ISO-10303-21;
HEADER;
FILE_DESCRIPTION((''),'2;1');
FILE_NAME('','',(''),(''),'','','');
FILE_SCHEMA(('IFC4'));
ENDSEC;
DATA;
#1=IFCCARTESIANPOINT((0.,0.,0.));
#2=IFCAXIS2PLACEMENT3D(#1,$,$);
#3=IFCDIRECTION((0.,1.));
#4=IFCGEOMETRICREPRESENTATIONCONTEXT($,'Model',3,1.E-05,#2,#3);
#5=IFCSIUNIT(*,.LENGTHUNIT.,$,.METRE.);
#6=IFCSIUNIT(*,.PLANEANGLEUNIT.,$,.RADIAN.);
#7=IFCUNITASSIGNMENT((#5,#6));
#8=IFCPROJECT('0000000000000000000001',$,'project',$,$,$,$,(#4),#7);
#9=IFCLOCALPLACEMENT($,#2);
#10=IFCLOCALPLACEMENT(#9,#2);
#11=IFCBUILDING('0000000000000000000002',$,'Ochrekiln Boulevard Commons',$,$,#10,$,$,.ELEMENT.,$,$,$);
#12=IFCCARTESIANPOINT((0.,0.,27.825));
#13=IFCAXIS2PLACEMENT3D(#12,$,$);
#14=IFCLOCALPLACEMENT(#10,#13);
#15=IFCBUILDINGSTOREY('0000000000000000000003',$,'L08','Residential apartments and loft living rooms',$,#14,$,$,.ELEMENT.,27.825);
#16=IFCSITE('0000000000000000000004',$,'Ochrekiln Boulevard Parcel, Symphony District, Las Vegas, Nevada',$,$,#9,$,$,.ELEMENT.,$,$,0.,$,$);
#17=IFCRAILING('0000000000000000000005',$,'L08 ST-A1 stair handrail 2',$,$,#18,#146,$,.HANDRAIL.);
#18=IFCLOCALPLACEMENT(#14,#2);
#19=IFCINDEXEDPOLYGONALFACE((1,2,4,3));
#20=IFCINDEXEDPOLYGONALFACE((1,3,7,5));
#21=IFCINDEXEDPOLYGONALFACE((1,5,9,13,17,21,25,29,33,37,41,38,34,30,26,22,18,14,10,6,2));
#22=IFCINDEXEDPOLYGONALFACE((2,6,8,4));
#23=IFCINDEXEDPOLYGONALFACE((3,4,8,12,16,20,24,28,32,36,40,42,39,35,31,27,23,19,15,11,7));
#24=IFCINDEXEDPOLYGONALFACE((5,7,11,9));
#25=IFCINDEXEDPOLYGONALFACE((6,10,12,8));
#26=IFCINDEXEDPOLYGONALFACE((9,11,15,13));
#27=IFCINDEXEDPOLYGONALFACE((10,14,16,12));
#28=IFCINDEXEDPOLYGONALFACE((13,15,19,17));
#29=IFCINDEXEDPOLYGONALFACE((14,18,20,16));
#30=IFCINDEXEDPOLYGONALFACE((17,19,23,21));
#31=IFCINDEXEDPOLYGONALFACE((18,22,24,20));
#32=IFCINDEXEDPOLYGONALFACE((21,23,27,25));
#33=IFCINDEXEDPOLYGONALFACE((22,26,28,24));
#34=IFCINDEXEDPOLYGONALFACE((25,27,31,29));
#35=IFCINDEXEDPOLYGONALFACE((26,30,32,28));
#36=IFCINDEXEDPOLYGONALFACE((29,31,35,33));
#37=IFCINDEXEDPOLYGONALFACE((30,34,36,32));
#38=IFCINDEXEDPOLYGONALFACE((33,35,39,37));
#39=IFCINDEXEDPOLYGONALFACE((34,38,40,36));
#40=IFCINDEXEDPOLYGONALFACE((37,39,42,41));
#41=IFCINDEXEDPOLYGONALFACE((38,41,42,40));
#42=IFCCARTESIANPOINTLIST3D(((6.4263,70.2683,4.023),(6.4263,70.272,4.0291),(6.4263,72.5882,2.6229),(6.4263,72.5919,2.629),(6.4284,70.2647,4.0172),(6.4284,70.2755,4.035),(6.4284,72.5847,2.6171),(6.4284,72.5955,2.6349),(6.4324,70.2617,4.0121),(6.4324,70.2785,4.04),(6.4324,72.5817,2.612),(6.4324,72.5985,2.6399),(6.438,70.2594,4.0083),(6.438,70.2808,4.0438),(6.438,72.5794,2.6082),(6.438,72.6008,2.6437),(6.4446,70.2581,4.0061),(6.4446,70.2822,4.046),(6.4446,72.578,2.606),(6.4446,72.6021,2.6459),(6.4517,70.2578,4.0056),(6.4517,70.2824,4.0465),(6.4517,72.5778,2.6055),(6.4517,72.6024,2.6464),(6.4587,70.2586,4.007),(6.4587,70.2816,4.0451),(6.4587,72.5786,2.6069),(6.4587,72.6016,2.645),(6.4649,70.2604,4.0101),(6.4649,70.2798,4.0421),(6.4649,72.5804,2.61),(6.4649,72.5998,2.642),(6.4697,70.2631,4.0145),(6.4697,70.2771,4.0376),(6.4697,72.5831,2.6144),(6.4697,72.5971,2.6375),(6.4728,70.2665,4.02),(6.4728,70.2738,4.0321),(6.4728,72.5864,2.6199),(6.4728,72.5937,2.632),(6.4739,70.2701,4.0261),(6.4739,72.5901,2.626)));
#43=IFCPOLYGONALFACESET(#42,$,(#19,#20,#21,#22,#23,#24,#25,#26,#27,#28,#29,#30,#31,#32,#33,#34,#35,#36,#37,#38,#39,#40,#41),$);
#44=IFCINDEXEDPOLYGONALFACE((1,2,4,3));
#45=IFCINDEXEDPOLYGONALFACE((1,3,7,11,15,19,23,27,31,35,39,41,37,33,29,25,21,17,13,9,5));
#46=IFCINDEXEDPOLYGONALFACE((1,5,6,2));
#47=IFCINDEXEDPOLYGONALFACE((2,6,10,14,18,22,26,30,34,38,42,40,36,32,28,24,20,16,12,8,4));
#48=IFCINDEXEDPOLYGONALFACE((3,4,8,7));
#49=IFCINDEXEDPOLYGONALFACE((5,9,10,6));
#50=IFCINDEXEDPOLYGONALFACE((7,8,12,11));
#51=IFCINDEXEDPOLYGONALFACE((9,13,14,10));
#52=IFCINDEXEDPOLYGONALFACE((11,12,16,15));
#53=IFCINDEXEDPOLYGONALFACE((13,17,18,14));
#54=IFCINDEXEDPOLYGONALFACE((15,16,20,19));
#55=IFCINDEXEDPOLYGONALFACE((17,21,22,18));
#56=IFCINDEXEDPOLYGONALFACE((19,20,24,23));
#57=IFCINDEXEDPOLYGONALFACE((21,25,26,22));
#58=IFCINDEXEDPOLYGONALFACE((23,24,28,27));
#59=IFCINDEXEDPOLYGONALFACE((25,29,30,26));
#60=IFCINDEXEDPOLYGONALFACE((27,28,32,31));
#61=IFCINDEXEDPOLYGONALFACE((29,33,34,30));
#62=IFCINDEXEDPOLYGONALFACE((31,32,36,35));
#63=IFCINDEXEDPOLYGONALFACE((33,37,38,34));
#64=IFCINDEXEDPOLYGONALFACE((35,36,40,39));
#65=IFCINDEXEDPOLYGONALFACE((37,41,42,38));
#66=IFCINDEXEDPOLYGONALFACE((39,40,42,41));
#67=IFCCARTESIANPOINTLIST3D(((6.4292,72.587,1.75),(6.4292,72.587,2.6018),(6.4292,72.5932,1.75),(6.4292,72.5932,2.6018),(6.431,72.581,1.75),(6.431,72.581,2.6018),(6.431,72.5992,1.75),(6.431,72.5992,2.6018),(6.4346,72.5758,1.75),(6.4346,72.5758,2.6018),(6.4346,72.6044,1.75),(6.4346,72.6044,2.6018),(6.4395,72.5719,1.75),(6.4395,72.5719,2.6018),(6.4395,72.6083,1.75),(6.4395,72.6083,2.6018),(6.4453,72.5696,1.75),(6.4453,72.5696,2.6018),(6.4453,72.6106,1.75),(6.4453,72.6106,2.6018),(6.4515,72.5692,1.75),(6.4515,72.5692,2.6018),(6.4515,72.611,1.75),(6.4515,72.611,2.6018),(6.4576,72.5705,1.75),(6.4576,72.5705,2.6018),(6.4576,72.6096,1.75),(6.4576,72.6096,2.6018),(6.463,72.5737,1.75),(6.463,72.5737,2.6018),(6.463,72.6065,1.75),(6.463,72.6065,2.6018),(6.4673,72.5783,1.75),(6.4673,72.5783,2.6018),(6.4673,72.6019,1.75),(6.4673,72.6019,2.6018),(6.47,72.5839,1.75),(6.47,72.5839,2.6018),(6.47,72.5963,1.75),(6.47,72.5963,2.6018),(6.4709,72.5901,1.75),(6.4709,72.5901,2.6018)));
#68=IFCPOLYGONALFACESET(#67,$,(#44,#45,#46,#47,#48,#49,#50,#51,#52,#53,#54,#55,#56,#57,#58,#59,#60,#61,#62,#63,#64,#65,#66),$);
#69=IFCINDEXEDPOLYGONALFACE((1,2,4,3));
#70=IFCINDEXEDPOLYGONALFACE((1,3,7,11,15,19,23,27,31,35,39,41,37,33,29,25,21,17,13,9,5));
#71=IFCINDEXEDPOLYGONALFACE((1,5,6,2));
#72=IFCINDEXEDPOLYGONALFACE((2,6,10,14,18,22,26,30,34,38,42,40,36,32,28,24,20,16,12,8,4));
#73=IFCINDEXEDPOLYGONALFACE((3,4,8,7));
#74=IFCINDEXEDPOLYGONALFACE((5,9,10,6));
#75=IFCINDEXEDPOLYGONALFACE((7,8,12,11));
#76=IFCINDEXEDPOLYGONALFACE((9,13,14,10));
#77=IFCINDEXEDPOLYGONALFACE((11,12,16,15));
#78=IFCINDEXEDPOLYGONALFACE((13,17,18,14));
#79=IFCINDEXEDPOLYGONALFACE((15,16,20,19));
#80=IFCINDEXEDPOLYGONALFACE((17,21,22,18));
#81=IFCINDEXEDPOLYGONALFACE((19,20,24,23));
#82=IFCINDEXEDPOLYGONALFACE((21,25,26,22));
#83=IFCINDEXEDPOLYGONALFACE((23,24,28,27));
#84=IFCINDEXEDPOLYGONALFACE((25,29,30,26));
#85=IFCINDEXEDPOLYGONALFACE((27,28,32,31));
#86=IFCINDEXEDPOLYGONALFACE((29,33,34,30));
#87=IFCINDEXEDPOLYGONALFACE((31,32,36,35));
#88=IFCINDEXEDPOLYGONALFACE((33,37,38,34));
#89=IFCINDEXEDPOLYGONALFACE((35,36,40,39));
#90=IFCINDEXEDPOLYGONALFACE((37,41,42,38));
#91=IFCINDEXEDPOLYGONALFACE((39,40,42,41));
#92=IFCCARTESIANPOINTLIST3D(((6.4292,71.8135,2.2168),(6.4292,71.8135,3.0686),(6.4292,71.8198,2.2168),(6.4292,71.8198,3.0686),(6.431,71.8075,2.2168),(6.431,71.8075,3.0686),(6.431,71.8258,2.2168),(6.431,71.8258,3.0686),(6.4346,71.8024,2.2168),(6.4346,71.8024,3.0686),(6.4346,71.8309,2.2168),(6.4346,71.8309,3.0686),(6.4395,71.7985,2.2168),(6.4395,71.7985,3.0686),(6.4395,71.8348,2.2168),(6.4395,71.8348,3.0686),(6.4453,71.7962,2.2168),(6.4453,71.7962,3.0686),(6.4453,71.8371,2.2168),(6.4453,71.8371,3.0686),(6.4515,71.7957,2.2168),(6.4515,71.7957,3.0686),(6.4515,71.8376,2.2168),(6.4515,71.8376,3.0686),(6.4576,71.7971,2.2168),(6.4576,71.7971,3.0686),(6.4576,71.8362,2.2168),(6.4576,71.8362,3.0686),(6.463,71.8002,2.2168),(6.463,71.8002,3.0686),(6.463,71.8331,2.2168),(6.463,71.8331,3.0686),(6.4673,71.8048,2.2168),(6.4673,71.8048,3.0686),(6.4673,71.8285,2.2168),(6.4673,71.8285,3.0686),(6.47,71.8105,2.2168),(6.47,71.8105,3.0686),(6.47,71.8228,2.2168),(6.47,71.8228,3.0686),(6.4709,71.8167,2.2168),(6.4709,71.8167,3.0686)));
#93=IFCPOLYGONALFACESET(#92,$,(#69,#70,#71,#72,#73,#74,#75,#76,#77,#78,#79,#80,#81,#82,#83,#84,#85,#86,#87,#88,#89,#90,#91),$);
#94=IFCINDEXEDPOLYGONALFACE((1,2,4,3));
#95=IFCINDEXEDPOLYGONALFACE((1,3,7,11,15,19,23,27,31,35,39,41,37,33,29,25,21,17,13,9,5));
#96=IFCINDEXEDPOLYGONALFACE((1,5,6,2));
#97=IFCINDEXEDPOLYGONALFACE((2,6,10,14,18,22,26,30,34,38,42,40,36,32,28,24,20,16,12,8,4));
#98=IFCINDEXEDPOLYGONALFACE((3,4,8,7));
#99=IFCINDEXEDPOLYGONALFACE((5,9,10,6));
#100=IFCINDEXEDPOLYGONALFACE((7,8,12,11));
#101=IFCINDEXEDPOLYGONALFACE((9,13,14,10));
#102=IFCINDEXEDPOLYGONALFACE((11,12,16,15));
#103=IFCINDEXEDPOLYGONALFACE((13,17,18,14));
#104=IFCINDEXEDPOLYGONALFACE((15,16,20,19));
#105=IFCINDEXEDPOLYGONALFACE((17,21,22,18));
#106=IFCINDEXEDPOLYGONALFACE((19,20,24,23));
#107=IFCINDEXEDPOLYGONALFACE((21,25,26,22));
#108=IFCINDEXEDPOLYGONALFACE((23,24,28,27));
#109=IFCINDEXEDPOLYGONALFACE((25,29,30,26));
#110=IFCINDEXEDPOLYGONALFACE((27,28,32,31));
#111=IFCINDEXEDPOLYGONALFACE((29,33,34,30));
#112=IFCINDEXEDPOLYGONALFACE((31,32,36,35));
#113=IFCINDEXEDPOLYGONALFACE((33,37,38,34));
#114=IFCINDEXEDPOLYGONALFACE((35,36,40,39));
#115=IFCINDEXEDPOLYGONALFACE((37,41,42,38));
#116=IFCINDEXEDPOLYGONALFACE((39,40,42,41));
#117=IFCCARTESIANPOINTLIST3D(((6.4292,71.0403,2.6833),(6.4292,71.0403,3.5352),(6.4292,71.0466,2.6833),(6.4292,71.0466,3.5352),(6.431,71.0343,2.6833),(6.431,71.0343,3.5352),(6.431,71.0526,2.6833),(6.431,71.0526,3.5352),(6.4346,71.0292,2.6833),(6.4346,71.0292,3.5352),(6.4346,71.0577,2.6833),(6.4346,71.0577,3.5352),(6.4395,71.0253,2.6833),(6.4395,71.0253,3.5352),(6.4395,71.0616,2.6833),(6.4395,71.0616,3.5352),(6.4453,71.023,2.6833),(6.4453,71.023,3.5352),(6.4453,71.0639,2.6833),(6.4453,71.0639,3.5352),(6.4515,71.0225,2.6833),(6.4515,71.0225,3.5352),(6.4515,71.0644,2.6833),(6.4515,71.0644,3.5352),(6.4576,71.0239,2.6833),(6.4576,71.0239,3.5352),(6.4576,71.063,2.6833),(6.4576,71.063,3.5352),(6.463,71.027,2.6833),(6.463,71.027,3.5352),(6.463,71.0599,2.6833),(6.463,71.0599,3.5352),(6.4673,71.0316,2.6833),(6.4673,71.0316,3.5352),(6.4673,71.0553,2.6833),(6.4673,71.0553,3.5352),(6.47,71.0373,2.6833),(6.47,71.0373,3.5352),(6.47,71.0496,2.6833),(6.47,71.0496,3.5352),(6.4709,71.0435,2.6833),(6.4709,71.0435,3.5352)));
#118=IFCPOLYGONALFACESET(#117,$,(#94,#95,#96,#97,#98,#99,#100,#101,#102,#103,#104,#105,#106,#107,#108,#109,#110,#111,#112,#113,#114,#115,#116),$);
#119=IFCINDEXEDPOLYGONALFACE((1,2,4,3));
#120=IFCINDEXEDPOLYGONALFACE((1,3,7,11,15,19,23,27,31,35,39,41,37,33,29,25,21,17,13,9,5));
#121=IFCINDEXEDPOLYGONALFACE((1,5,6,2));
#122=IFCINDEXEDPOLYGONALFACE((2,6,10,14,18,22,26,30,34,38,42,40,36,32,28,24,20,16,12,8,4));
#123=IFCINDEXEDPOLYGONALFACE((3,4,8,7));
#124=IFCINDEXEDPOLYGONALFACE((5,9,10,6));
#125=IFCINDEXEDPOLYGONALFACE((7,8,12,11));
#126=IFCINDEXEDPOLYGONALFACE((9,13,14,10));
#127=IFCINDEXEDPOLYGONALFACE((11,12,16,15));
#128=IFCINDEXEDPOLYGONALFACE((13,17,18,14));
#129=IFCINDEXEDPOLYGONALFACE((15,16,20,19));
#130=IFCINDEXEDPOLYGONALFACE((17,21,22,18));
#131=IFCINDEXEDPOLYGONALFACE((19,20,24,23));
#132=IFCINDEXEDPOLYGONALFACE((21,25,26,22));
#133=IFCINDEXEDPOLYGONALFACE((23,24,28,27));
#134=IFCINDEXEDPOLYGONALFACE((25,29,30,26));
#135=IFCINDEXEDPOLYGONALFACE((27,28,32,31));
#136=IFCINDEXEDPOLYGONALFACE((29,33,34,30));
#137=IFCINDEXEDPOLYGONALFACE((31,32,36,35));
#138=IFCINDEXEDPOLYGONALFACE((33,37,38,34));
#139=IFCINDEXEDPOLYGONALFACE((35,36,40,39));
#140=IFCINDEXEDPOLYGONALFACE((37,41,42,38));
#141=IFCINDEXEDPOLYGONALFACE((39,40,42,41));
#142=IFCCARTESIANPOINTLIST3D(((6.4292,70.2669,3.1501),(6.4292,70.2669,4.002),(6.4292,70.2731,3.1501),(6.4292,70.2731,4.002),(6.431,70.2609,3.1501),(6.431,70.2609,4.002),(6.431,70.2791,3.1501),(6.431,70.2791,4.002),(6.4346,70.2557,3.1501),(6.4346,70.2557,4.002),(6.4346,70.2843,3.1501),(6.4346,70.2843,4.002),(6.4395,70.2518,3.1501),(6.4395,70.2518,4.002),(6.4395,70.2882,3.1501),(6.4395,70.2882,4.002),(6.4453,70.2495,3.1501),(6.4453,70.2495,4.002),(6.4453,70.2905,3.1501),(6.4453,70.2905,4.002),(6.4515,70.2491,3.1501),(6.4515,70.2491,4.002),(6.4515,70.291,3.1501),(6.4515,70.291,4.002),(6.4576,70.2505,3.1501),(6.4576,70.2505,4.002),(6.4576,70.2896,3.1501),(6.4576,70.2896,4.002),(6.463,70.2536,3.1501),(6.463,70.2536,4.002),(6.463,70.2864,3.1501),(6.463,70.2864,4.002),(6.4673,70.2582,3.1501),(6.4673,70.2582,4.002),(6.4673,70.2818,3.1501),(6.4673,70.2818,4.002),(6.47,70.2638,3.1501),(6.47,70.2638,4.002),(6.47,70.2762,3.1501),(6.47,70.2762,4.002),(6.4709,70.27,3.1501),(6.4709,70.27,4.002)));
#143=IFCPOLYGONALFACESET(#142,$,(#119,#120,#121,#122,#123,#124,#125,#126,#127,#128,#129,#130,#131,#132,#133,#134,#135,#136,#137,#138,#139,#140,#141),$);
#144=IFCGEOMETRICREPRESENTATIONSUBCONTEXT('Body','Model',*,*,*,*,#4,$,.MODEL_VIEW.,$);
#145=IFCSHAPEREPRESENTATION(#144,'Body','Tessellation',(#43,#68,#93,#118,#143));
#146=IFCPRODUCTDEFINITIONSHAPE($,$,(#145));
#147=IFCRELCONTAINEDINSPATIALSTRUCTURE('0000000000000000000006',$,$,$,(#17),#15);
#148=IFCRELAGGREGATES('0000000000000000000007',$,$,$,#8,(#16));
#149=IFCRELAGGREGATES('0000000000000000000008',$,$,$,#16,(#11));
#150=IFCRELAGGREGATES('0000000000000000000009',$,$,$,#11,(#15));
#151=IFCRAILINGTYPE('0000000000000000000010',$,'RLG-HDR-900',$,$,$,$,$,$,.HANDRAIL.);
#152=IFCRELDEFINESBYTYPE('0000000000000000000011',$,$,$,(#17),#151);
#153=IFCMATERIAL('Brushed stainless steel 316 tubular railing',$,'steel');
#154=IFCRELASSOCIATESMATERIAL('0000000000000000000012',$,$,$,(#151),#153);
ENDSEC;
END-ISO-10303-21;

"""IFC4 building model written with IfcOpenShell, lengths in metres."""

from ifc_helpers import new_model, si_unit, direction, frame, origin, origin_2d, place, context, subcontext, project, spatial, circle, extrude, material, type_object, element, save


model = new_model("IFC4")

# Units and contexts
model_context = context("Model", 3, precision=1e-05, world=origin(), true_north=direction((0.0, 1.0)))
body_context = subcontext(model_context, "Body", "Model", "MODEL_VIEW")
ifc_project = project(units=[si_unit("LENGTHUNIT", "METRE"), si_unit("PLANEANGLEUNIT", "RADIAN")], contexts=[model_context])

# Site, building, storey
site_placement = place(None, origin())
site = spatial("IfcSite", under=ifc_project, at=site_placement, Name="Ochrekiln Boulevard Parcel, Symphony District, Las Vegas, Nevada", CompositionType="ELEMENT", RefElevation=0.0)
building_placement = place(site_placement, origin())
building = spatial("IfcBuilding", under=site, at=building_placement, Name="Ochrekiln Boulevard Commons", CompositionType="ELEMENT")
storey_placement = place(building_placement, frame((0.0, 0.0, 27.825)))
storey = spatial("IfcBuildingStorey", under=building, at=storey_placement, Name="L08", Description="Residential apartments and loft living rooms", CompositionType="ELEMENT", Elevation=27.825)

# Railing
ifc_material_1 = material(Name="Brushed stainless steel 316 tubular railing", Category="steel")
railing_type_1 = type_object("IfcRailingType", Name="RLG-HDR-900", PredefinedType="HANDRAIL", material=ifc_material_1)
railing_1_placement = place(storey_placement, frame((6.45, 72.5901, 1.75)))
element("IfcRailing", 1, at=railing_1_placement, inside=storey, type_object=railing_type_1, Name="L08 ST-A1 stair handrail 2", PredefinedType="HANDRAIL", context=body_context, shape_type="SweptSolid", body=[
    extrude(circle(Radius=0.0239, at=origin_2d()), frame((0.0, 0.0, 0.876), z_axis=(0.0, -0.85617, 0.516693), x_axis=(1.0, 0.0, 0.0)), (0.0, 0.0, 1.0), 2.7097),
    extrude(circle(Radius=0.021, at=origin_2d()), origin(), (0.0, 0.0, 1.0), 0.8518),
    extrude(circle(Radius=0.021, at=origin_2d()), frame((0.0, -0.7734, 0.4668)), (0.0, 0.0, 1.0), 0.8518),
    extrude(circle(Radius=0.021, at=origin_2d()), frame((0.0, -1.5466, 0.9333)), (0.0, 0.0, 1.0), 0.8518),
    extrude(circle(Radius=0.021, at=origin_2d()), frame((0.0, -2.3201, 1.4001)), (0.0, 0.0, 1.0), 0.8518),
])

save(model, "model.ifc")
